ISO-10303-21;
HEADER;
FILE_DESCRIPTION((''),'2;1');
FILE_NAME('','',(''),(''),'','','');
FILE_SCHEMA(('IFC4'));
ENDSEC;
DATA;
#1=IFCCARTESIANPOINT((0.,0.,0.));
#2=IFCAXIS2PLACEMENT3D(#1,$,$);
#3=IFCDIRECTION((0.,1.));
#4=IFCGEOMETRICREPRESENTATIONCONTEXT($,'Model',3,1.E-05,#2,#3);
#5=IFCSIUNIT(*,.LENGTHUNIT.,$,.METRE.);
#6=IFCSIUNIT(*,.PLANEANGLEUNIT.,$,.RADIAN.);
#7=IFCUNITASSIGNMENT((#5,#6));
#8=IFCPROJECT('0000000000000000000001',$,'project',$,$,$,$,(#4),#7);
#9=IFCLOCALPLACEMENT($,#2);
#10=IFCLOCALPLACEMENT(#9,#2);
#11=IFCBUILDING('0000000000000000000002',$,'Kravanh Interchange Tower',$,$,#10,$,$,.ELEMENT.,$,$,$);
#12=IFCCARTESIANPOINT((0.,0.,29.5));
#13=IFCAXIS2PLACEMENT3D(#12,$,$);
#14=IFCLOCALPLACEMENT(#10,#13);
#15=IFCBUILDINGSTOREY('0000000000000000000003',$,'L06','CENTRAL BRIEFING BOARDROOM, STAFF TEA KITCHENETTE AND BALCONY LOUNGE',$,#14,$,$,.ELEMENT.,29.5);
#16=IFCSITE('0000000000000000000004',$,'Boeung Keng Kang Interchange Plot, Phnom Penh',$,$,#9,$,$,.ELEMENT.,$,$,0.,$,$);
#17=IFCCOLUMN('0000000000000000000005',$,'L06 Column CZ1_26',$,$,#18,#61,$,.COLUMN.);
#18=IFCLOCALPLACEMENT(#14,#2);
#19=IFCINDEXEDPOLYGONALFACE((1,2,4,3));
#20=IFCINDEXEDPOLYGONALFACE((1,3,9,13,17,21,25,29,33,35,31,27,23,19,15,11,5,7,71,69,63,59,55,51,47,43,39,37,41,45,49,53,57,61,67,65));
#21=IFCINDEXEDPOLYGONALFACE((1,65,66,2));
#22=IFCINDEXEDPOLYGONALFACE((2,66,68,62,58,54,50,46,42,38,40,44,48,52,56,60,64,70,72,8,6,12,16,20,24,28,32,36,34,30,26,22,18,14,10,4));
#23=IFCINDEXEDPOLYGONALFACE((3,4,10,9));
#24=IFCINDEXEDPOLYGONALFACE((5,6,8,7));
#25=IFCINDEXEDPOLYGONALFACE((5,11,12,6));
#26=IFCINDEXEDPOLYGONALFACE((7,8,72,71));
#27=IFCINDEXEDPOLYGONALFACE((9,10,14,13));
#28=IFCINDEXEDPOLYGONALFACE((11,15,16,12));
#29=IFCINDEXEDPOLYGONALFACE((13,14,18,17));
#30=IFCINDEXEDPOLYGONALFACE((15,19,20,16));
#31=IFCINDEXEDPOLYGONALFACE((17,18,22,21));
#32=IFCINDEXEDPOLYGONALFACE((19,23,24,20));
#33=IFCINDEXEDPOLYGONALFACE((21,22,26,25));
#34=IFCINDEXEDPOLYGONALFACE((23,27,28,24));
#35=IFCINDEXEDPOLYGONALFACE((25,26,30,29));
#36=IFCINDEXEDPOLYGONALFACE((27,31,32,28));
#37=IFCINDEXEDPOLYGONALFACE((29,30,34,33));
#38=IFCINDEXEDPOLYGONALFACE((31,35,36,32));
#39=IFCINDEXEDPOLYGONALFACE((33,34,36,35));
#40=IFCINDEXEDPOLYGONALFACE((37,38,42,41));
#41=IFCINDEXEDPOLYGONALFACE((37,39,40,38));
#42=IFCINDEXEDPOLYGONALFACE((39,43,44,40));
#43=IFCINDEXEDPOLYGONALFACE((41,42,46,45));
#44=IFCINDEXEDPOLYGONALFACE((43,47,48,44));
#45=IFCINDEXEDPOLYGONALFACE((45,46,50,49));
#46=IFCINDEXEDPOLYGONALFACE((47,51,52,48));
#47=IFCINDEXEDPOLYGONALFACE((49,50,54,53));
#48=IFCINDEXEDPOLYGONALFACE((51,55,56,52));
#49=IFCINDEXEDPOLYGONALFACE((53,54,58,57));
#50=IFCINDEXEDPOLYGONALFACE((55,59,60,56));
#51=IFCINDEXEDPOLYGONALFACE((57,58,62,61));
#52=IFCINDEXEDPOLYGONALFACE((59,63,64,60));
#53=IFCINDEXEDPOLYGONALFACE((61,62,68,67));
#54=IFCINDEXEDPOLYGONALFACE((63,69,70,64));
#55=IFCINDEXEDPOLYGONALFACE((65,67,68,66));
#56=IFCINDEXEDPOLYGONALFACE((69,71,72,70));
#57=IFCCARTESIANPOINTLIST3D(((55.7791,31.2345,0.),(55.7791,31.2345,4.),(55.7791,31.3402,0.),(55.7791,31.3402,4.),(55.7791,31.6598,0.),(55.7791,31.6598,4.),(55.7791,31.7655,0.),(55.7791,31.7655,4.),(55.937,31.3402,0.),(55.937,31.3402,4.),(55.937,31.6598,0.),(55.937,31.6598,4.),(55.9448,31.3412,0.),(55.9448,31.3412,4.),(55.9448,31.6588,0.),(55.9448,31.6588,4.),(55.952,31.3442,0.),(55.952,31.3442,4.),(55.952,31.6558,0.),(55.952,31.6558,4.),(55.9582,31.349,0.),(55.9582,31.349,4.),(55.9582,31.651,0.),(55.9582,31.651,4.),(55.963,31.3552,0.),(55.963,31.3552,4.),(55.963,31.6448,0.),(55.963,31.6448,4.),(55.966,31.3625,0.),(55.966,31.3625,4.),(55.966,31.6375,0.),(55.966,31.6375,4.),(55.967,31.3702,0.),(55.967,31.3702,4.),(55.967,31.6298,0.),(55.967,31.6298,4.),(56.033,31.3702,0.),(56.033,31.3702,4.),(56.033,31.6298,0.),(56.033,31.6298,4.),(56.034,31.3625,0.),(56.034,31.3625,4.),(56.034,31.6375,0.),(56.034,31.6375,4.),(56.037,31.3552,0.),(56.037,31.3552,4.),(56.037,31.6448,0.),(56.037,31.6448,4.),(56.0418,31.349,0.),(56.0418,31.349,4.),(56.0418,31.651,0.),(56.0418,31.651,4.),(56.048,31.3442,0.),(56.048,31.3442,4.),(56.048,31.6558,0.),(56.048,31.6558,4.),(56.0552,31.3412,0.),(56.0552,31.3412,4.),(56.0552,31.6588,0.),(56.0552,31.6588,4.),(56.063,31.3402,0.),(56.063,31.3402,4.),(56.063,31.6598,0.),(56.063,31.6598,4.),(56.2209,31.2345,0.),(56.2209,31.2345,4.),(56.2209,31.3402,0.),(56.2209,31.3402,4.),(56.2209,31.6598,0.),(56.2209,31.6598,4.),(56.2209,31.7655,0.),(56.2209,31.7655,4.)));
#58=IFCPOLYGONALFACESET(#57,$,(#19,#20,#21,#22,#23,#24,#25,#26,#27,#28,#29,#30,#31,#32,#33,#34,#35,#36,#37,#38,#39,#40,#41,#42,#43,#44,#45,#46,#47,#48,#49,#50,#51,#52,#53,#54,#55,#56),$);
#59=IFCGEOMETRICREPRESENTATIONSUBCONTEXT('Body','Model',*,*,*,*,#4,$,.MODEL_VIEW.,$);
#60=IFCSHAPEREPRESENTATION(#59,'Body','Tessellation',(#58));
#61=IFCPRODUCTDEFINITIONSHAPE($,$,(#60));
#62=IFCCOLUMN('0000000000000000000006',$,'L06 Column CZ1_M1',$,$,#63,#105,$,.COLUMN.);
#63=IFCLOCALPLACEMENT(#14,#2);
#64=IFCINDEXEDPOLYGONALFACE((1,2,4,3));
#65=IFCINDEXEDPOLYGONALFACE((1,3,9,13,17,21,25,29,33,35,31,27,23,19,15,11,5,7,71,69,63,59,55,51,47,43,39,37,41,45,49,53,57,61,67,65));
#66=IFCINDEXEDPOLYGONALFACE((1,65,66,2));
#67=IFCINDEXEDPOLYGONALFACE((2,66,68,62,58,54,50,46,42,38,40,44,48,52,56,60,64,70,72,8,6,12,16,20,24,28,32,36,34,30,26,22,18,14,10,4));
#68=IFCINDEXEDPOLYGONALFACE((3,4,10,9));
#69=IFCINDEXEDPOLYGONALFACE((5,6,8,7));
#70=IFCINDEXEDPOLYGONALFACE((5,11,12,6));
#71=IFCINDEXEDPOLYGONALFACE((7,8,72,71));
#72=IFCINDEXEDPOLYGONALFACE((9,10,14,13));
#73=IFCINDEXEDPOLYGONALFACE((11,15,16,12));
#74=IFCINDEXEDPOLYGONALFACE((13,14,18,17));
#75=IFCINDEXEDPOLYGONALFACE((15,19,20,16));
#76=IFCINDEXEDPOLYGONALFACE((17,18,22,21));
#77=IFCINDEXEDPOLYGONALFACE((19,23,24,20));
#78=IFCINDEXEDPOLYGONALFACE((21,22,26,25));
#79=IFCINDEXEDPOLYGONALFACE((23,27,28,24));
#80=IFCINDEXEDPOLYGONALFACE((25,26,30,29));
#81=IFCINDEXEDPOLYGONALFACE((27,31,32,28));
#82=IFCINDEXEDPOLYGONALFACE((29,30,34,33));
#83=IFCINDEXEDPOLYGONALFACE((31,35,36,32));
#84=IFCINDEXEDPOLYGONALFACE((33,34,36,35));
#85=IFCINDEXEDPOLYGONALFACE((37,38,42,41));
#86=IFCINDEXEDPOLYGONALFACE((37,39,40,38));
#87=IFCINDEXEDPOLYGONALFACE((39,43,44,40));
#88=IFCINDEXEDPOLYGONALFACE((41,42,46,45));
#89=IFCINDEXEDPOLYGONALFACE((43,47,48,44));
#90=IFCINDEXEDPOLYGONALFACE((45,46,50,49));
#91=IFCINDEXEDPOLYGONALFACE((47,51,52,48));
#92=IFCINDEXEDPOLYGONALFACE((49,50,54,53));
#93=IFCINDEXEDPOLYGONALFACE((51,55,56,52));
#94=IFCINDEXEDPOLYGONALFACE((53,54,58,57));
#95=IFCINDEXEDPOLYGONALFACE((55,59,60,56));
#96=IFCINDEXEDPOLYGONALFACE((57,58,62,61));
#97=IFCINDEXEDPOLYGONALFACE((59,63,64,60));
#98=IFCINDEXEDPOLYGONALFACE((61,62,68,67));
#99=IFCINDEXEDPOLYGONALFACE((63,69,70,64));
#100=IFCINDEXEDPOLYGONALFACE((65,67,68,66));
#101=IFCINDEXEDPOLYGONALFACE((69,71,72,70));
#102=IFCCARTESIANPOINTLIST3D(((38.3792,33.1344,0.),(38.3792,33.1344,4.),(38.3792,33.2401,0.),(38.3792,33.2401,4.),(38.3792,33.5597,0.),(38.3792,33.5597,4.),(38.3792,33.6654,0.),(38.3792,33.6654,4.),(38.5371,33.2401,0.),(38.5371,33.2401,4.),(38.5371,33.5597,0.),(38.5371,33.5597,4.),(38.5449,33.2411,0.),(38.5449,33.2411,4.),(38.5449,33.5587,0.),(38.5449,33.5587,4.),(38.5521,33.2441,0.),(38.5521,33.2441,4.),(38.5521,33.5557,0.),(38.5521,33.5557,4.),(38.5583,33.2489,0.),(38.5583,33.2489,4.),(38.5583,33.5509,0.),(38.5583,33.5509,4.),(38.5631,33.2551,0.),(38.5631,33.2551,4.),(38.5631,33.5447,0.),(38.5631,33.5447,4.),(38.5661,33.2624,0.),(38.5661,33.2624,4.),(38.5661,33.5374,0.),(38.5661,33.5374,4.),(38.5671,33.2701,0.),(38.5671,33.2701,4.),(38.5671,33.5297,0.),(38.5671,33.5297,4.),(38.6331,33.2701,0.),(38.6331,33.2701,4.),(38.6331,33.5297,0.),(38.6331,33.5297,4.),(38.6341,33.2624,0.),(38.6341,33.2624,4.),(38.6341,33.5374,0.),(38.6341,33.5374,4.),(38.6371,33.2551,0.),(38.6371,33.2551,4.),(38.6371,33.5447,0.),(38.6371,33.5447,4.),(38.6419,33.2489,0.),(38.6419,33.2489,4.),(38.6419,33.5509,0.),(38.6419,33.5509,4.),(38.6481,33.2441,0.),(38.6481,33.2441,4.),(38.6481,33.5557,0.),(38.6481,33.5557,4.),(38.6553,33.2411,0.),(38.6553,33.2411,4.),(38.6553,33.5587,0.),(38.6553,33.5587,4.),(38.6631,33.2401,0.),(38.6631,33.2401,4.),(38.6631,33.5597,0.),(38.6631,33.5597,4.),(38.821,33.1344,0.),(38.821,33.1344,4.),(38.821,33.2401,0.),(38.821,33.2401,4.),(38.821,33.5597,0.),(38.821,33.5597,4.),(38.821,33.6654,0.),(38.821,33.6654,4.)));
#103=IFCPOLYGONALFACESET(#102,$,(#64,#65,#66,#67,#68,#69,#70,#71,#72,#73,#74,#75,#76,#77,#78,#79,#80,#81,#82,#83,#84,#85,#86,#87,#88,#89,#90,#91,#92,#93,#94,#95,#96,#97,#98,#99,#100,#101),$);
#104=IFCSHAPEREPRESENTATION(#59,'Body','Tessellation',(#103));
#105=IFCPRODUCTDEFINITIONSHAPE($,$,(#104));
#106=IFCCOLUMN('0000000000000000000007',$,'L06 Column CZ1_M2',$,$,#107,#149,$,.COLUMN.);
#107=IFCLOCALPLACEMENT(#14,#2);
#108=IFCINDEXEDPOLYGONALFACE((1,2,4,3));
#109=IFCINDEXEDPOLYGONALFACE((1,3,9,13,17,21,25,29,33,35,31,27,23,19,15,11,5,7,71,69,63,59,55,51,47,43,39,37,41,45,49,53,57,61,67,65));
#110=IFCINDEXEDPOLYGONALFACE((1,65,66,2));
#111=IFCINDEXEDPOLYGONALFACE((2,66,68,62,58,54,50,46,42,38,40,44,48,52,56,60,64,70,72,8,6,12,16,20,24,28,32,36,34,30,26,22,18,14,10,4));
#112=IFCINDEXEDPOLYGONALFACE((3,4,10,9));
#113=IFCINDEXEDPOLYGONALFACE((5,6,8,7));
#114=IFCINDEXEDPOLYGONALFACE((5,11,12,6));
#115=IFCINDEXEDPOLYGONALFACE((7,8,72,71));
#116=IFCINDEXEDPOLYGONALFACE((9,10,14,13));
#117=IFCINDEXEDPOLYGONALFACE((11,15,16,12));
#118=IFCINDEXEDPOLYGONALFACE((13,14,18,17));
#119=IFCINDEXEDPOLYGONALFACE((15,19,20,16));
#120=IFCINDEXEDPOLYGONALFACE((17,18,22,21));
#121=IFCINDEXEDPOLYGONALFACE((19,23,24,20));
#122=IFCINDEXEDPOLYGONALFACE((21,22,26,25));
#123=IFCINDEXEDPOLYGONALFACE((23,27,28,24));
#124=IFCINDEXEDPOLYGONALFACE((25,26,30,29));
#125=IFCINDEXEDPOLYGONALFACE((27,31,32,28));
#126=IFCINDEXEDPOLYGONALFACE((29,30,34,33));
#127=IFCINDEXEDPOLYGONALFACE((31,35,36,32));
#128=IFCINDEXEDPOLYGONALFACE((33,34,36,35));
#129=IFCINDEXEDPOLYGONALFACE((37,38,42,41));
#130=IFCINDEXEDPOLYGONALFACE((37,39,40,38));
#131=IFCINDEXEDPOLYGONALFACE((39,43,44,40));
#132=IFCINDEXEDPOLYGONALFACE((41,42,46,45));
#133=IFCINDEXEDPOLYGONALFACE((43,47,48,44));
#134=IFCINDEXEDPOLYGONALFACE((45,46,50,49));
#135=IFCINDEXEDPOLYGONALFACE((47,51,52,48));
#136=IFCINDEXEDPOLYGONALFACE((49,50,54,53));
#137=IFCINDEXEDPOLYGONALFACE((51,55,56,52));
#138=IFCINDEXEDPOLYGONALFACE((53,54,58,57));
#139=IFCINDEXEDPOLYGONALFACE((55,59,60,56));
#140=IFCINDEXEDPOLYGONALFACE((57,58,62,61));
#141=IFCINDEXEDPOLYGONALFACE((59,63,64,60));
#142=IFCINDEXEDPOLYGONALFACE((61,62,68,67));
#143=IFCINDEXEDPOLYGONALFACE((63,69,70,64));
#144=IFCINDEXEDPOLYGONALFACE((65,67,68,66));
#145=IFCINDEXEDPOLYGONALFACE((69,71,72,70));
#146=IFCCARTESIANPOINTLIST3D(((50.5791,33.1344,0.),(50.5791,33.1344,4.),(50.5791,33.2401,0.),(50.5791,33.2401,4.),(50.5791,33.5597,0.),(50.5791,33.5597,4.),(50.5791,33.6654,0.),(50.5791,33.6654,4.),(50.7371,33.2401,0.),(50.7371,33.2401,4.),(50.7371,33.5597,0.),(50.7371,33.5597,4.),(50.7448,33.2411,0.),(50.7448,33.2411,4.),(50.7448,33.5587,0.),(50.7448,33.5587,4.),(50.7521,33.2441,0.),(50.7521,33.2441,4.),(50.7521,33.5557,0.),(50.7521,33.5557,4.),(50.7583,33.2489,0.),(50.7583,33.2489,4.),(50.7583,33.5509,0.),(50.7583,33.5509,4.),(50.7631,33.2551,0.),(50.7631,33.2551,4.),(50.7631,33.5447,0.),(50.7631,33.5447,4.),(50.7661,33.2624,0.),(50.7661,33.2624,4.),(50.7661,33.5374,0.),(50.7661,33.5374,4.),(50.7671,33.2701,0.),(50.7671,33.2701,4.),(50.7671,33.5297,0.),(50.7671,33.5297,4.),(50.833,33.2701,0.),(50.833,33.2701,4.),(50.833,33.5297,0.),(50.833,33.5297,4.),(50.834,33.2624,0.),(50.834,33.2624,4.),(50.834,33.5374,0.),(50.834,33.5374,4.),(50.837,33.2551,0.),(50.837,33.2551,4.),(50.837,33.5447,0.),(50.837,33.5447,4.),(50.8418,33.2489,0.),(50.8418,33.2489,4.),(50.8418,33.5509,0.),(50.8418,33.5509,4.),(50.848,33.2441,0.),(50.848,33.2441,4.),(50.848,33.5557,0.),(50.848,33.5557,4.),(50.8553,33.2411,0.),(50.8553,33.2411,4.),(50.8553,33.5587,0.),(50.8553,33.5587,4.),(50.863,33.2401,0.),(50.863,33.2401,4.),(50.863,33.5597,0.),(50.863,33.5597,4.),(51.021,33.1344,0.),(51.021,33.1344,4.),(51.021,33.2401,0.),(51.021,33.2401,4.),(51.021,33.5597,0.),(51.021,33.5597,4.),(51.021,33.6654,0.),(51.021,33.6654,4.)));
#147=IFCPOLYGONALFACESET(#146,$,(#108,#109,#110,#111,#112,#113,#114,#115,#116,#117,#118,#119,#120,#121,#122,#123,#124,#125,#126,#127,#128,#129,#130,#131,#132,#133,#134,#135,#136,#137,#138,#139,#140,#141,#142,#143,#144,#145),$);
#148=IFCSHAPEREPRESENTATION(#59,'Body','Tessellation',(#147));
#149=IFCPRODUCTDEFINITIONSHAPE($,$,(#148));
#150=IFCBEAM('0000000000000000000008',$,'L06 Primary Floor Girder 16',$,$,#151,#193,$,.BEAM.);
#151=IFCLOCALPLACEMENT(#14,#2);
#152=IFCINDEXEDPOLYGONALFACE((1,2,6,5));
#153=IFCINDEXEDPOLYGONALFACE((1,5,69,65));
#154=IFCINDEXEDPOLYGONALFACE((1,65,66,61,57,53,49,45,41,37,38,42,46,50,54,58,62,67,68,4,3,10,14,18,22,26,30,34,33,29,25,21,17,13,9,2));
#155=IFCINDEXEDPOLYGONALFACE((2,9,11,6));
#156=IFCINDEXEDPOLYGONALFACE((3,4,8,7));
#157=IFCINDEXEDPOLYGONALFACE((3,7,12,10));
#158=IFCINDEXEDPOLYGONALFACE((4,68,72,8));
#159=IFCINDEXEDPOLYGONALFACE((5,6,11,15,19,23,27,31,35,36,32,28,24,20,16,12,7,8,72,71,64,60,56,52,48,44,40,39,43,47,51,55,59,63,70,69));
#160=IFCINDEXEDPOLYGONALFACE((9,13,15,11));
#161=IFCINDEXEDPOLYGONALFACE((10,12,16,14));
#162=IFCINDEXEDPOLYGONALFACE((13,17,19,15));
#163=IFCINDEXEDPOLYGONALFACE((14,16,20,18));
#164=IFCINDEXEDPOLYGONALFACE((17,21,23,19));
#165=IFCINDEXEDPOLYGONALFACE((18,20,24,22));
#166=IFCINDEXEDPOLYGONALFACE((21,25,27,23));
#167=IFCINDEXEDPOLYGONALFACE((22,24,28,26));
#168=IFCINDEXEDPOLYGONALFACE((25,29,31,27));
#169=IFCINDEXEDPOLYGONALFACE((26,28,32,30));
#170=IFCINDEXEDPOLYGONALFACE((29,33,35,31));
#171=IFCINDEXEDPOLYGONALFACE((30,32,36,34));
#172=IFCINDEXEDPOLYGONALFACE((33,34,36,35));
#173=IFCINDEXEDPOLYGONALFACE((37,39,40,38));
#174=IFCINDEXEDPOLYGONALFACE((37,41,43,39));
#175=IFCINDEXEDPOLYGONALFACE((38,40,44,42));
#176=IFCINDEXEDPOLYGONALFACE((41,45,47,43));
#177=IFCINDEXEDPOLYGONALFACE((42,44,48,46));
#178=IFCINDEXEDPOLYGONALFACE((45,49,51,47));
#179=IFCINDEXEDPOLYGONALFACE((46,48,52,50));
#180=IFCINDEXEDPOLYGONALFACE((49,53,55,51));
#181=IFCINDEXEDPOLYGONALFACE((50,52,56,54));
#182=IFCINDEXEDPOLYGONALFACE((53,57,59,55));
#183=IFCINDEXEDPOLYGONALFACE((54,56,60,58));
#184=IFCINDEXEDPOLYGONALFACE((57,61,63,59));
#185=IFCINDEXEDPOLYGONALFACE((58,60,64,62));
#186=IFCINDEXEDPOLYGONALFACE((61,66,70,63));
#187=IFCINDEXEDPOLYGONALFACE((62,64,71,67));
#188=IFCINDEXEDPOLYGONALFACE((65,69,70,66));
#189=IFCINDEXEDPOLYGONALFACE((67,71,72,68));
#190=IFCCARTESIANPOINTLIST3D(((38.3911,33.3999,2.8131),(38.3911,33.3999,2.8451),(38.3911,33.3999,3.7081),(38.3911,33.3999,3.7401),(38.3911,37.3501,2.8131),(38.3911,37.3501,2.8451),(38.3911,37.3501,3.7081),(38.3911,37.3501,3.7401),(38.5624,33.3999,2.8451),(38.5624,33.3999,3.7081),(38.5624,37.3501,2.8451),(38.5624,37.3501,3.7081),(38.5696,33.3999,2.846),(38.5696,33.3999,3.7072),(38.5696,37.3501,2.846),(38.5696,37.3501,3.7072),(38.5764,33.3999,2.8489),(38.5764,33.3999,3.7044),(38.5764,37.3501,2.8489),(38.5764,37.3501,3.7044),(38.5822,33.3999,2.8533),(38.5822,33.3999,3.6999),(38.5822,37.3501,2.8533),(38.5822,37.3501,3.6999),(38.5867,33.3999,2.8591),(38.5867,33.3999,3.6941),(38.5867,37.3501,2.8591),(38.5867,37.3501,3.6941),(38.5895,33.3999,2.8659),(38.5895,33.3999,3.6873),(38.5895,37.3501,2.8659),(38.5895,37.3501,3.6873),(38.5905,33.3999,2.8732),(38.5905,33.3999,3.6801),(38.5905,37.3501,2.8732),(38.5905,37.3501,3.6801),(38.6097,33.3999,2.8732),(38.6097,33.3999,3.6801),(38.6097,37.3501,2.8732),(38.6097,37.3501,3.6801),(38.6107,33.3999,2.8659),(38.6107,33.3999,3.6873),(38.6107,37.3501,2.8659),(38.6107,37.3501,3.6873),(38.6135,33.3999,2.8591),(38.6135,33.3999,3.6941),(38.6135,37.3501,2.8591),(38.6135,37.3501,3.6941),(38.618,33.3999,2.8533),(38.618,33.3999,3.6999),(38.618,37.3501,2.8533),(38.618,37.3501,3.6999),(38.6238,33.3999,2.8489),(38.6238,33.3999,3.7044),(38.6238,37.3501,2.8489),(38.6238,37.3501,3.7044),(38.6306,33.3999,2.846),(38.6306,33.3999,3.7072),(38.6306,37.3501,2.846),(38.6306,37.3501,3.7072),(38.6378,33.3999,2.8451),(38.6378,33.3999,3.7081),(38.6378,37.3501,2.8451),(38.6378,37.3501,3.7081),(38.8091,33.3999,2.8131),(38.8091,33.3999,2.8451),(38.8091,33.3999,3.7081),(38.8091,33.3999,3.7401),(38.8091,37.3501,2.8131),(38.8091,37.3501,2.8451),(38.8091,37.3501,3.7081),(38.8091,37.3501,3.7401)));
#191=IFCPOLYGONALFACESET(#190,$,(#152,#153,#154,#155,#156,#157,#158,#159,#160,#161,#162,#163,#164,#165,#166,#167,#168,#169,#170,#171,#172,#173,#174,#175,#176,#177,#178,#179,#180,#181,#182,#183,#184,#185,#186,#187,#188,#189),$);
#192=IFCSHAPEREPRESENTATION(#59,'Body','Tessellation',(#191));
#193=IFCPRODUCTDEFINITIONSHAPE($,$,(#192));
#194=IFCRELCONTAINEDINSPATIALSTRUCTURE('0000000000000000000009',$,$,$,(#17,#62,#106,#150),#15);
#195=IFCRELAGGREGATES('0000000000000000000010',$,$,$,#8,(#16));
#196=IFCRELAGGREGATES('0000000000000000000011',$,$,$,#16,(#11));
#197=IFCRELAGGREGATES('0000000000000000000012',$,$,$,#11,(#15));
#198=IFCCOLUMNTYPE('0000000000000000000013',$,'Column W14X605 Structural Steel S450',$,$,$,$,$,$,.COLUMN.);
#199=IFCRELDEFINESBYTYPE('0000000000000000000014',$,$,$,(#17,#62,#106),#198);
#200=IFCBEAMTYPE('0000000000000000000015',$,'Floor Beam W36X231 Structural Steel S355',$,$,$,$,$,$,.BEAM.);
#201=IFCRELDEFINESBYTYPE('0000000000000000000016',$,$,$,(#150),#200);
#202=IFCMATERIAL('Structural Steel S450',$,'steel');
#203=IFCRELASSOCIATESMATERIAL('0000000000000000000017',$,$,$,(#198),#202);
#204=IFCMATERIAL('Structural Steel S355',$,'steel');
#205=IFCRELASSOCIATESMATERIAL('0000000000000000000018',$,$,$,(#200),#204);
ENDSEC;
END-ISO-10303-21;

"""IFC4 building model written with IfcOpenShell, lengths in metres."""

from ifc_helpers import new_model, si_unit, direction, frame, origin, origin_2d, place, context, subcontext, project, spatial, i_section, extrude, material, material_profile, profile_set, type_object, element, save


model = new_model("IFC4")

# Units and contexts
model_context = context("Model", 3, precision=1e-05, world=origin(), true_north=direction((0.0, 1.0)))
body_context = subcontext(model_context, "Body", "Model", "MODEL_VIEW")
ifc_project = project(units=[si_unit("LENGTHUNIT", "METRE"), si_unit("PLANEANGLEUNIT", "RADIAN")], contexts=[model_context])

# Site, building, storey
site_placement = place(None, origin())
site = spatial("IfcSite", under=ifc_project, at=site_placement, Name="Boeung Keng Kang Interchange Plot, Phnom Penh", CompositionType="ELEMENT", RefElevation=0.0)
building_placement = place(site_placement, origin())
building = spatial("IfcBuilding", under=site, at=building_placement, Name="Kravanh Interchange Tower", CompositionType="ELEMENT")
storey_placement = place(building_placement, frame((0.0, 0.0, 29.5)))
storey = spatial("IfcBuildingStorey", under=building, at=storey_placement, Name="L06", Description="CENTRAL BRIEFING BOARDROOM, STAFF TEA KITCHENETTE AND BALCONY LOUNGE", CompositionType="ELEMENT", Elevation=29.5)

# Columns
ifc_material_1 = material(Name="Structural Steel S450", Category="steel")
ifc_material_profile_1 = material_profile(ifc_material_1, i_section(OverallWidth=0.4419, OverallDepth=0.531, WebThickness=0.0659, FlangeThickness=0.1057, FilletRadius=0.03, at=origin_2d()), Name="W14X605")
ifc_profile_set_1 = profile_set([ifc_material_profile_1], Name="Structural Steel S450")
column_type = type_object("IfcColumnType", Name="Column W14X605 Structural Steel S450", PredefinedType="COLUMN", material=ifc_profile_set_1)
for number, where, z_axis, x_axis, name in (
    (1, (56.0, 31.5, 0.0), (0.0, 0.0, 1.0), (1.0, 0.0, 0.0), "L06 Column CZ1_26"),
    (2, (38.6001, 33.3999, 0.0), (0.0, 0.0, 1.0), (1.0, 0.0, 0.0), "L06 Column CZ1_M1"),
    (3, (50.8, 33.3999, 0.0), (0.0, 0.0, 1.0), (1.0, 0.0, 0.0), "L06 Column CZ1_M2"),
):
    element("IfcColumn", number, at=place(storey_placement, frame(where, z_axis=z_axis, x_axis=x_axis)), inside=storey, type_object=column_type, Name=name, PredefinedType="COLUMN", context=body_context, shape_type="SweptSolid", body=[
        extrude(i_section(OverallWidth=0.4419, OverallDepth=0.531, WebThickness=0.0659, FlangeThickness=0.1057, FilletRadius=0.03, at=origin_2d()), origin(), (0.0, 0.0, 1.0), 4.0),
    ])

# Beam
ifc_material_2 = material(Name="Structural Steel S355", Category="steel")
ifc_material_profile_2 = material_profile(ifc_material_2, i_section(OverallWidth=0.418, OverallDepth=0.927, WebThickness=0.0193, FlangeThickness=0.032, FilletRadius=0.0281, at=origin_2d()), Name="W36X231")
ifc_profile_set_2 = profile_set([ifc_material_profile_2], Name="Structural Steel S355")
beam_type_1 = type_object("IfcBeamType", Name="Floor Beam W36X231 Structural Steel S355", PredefinedType="BEAM", material=ifc_profile_set_2)
beam_1_placement = place(storey_placement, frame((38.6001, 37.3501, 3.2766), z_axis=(0.0, -1.0, 0.0), x_axis=(1.0, 0.0, 0.0)))
element("IfcBeam", 4, at=beam_1_placement, inside=storey, type_object=beam_type_1, Name="L06 Primary Floor Girder 16", PredefinedType="BEAM", context=body_context, shape_type="SweptSolid", body=[
    extrude(i_section(OverallWidth=0.418, OverallDepth=0.927, WebThickness=0.0193, FlangeThickness=0.032, FilletRadius=0.0281, at=origin_2d()), origin(), (0.0, 0.0, 1.0), 3.9502),
])

save(model, "model.ifc")
